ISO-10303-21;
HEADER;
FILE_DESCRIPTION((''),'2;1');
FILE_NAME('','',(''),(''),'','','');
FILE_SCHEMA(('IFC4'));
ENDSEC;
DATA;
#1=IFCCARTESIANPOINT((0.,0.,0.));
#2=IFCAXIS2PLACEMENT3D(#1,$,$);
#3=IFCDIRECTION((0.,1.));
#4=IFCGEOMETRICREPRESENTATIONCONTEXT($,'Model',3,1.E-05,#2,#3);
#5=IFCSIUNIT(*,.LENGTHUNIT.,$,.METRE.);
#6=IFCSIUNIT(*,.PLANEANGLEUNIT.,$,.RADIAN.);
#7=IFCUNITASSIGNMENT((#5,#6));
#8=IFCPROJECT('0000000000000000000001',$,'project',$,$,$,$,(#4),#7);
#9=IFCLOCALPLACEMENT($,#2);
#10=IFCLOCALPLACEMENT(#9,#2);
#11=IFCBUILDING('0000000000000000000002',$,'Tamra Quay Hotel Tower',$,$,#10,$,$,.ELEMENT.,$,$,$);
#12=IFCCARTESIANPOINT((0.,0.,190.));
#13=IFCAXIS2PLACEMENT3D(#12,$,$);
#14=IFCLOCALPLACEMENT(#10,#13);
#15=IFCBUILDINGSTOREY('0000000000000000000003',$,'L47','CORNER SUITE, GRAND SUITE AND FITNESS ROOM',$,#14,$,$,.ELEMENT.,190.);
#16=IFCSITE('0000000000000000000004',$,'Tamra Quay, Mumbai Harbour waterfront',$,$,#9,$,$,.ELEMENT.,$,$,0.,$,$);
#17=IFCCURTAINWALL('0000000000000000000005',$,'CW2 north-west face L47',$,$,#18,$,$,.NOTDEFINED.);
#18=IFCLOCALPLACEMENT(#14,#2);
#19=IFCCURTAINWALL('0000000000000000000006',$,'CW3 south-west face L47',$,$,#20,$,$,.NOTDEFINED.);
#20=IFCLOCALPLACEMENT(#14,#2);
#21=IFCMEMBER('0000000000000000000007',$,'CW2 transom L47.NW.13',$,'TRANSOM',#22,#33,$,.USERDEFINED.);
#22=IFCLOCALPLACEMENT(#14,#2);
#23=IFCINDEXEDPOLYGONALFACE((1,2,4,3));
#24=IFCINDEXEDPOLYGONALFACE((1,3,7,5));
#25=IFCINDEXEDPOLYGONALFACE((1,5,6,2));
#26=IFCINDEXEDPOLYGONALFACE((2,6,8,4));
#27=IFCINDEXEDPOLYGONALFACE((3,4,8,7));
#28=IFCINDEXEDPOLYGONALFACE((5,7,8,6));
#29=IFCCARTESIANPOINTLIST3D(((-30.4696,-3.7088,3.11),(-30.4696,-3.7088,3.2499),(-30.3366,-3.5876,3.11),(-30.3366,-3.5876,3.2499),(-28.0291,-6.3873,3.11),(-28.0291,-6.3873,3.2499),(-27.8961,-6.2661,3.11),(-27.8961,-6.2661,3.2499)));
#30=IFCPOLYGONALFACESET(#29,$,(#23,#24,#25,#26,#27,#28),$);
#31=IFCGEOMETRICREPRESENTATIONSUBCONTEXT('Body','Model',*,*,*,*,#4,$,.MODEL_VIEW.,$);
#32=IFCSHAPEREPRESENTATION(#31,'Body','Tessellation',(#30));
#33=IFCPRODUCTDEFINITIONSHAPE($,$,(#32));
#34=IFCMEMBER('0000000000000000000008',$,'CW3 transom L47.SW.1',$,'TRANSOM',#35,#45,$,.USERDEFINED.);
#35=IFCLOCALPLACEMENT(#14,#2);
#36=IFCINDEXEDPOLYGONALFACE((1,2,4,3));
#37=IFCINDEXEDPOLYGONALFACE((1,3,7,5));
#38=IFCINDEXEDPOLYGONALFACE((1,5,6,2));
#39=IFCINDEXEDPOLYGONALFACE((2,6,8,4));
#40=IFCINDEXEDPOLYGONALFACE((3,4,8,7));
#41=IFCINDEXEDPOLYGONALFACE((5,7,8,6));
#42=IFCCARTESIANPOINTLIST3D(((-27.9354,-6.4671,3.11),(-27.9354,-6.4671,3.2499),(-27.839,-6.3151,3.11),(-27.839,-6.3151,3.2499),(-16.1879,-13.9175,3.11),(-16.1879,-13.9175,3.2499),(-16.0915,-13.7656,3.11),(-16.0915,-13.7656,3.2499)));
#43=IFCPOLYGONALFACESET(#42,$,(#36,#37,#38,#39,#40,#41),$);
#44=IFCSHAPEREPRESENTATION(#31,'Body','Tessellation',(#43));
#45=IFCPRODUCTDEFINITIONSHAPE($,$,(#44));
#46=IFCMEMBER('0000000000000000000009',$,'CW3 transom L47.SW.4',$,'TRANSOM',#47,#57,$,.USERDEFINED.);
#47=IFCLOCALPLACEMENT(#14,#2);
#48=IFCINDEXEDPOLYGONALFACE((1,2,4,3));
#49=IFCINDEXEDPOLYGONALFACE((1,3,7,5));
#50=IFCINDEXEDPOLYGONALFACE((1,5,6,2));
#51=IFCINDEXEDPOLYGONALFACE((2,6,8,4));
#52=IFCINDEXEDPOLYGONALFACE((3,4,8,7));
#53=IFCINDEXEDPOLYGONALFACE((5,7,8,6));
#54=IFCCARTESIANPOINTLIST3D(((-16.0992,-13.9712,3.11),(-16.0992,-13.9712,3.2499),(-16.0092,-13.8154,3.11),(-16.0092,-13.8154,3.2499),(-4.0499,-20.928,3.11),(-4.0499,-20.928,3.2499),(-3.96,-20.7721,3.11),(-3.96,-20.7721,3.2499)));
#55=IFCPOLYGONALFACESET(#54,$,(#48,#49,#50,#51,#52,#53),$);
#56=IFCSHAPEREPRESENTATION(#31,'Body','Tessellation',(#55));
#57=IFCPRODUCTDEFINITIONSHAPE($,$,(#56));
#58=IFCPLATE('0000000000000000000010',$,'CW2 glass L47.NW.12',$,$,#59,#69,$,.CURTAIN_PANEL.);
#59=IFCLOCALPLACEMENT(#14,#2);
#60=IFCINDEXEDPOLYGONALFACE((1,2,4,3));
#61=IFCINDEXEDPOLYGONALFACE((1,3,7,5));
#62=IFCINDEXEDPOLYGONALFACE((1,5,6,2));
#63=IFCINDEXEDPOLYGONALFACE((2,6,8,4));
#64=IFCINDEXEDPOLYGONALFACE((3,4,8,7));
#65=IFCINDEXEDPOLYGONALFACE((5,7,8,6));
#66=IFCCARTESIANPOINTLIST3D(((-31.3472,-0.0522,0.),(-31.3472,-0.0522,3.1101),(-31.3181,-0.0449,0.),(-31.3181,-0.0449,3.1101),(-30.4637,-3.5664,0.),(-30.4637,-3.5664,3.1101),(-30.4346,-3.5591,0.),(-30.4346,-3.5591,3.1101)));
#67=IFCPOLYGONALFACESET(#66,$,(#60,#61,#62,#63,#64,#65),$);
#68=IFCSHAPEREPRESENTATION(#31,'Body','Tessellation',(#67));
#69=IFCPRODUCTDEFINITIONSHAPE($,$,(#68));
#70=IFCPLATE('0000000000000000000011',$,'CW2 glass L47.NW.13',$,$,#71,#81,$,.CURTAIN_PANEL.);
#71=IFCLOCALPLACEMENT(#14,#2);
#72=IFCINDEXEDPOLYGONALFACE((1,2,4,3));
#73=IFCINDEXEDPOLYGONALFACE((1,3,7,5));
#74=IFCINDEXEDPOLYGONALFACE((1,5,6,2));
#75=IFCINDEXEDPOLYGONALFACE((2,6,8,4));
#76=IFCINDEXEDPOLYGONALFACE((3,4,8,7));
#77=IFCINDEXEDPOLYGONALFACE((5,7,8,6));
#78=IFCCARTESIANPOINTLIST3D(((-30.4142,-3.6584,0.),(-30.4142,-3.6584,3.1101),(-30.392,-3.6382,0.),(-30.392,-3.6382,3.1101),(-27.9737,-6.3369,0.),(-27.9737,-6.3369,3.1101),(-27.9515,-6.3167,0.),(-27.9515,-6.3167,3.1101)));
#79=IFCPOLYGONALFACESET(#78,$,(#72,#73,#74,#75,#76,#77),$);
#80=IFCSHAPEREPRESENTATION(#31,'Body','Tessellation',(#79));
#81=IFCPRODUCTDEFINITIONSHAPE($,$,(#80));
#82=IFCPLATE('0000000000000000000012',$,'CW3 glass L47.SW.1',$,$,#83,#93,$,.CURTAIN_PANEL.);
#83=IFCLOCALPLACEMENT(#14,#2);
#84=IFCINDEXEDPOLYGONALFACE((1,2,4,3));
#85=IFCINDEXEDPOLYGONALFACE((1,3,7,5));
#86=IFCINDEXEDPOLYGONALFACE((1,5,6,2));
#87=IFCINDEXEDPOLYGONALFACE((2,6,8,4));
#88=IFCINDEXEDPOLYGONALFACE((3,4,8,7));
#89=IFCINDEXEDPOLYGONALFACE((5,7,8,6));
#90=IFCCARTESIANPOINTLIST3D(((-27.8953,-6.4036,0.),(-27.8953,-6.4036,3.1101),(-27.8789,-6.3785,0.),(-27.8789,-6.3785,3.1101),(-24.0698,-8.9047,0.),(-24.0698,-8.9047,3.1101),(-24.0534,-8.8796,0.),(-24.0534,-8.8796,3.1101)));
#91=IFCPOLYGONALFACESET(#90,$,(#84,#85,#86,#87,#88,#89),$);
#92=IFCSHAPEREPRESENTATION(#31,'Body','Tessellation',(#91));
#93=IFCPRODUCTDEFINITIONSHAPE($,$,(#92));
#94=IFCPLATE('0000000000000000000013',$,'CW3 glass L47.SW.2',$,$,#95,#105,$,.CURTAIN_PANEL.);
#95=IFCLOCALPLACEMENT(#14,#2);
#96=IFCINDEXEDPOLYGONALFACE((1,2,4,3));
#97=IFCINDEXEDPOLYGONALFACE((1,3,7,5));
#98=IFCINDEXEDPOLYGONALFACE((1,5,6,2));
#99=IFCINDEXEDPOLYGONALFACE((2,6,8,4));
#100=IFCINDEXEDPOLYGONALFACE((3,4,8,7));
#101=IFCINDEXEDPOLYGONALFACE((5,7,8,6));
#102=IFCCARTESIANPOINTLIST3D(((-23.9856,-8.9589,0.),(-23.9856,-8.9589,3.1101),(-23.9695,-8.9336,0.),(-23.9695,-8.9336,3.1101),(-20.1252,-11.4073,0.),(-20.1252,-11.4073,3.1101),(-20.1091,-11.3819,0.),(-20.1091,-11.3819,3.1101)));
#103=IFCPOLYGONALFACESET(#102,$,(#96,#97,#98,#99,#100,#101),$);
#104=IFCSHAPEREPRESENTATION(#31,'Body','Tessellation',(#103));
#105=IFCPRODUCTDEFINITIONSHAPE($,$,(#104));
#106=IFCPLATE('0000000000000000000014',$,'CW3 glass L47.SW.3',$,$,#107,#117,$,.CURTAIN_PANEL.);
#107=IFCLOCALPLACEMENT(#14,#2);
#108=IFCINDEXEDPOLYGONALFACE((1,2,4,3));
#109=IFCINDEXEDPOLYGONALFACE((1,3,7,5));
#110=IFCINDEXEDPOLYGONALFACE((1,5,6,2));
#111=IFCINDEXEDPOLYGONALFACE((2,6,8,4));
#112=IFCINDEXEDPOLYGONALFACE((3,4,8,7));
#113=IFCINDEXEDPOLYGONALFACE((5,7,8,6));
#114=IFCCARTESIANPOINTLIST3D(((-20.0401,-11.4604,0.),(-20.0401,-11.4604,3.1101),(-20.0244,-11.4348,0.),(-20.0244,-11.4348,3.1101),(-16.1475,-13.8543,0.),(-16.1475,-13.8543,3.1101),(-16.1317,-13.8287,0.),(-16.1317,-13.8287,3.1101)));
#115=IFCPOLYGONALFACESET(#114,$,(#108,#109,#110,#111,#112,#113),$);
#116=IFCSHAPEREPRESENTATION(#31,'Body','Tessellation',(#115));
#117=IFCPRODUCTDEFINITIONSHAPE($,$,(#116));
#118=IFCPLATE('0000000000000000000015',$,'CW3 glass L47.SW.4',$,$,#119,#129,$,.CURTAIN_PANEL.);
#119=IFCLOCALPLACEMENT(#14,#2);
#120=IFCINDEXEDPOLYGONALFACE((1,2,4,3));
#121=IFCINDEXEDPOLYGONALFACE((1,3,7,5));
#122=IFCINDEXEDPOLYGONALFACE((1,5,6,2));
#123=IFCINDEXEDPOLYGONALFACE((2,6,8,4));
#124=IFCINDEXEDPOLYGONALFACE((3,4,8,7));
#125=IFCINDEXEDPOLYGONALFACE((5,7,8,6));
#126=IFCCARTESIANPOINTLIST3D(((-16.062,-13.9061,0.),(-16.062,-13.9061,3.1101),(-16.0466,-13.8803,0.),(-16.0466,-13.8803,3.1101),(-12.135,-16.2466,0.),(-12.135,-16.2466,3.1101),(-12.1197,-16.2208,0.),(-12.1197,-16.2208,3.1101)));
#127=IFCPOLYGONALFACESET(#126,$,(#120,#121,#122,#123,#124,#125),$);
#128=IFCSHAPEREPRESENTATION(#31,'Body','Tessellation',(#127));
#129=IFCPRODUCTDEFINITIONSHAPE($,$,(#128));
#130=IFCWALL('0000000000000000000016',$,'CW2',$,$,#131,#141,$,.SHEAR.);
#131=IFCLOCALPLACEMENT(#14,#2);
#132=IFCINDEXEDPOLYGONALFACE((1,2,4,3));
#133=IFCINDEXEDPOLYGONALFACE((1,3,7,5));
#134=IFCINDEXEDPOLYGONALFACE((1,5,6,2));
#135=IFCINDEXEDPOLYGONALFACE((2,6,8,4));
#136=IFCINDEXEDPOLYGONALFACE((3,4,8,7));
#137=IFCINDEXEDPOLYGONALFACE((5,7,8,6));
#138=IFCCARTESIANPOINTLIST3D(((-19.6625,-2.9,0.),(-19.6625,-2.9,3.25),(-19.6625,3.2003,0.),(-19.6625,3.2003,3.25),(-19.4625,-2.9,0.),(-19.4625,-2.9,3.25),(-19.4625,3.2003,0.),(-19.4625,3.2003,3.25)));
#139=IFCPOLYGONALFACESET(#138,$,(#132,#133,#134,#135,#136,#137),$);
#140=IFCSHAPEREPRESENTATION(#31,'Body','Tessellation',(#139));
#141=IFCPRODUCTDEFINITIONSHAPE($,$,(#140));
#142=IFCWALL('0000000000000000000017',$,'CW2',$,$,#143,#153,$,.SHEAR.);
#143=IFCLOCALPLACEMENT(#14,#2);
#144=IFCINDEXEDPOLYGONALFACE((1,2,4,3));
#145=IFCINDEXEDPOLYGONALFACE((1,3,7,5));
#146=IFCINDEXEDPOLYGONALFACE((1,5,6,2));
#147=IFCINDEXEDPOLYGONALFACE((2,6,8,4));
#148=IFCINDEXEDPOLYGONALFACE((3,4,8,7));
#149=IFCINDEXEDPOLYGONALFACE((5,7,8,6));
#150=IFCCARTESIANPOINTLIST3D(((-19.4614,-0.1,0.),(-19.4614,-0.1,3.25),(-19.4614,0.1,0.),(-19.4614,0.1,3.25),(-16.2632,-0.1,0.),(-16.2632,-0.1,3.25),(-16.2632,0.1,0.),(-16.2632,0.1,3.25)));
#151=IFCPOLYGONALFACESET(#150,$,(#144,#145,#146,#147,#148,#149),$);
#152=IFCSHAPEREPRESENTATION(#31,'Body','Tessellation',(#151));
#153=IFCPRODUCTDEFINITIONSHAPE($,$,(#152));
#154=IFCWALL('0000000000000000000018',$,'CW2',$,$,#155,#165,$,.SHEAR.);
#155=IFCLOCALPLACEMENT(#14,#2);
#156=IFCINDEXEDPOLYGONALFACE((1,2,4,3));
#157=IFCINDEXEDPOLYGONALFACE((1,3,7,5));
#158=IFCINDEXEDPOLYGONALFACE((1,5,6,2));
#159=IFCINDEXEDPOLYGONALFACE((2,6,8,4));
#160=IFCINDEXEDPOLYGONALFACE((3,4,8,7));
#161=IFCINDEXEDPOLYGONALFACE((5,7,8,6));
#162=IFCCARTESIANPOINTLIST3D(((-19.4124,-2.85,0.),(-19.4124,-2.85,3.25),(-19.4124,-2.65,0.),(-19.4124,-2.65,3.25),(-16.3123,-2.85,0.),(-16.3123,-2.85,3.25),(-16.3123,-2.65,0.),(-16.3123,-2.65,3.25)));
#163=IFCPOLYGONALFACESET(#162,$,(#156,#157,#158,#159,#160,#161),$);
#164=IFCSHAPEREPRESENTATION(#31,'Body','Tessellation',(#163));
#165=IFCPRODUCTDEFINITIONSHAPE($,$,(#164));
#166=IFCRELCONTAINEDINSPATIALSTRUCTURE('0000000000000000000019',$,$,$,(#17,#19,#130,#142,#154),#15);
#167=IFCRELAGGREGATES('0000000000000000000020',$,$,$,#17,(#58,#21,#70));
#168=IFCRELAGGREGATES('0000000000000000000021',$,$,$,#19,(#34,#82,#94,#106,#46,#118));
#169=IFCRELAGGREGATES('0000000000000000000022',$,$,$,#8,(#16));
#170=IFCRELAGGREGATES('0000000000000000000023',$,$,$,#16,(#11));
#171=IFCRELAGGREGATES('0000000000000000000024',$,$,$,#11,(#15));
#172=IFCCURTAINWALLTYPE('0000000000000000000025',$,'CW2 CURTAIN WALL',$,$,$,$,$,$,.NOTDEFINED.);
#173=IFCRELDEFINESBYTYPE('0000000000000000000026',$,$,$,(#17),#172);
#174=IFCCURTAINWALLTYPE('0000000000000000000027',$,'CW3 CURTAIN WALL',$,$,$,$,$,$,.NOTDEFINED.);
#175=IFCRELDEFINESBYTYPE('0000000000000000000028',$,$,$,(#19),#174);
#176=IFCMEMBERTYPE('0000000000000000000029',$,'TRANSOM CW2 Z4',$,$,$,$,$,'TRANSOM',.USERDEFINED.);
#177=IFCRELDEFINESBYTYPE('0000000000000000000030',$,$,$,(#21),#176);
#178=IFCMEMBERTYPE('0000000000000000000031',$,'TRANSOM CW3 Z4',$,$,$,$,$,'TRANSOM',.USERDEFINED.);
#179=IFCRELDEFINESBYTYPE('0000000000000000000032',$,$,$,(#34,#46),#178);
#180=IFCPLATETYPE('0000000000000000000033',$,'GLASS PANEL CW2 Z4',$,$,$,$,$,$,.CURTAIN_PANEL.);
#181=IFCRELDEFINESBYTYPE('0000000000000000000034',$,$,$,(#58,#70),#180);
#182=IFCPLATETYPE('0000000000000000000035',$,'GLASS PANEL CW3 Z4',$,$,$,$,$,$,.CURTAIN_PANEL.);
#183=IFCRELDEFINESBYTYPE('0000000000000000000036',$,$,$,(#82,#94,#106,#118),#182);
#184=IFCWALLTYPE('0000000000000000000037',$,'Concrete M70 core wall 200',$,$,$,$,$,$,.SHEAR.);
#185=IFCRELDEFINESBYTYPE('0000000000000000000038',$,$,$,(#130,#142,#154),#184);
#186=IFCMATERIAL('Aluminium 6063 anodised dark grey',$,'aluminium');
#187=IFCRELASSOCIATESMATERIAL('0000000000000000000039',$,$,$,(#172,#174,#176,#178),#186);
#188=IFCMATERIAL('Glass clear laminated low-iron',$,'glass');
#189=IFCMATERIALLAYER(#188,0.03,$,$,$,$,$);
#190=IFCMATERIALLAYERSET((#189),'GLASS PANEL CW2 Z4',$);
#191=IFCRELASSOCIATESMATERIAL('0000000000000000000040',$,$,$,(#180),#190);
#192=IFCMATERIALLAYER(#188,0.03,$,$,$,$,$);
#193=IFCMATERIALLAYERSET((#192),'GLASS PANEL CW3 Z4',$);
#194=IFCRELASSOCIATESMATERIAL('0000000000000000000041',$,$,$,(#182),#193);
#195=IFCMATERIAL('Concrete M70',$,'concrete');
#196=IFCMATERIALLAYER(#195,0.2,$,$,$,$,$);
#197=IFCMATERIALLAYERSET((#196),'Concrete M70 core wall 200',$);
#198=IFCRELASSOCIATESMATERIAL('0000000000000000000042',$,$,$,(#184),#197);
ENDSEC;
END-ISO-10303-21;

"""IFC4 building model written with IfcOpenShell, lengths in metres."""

from ifc_helpers import new_model, si_unit, direction, frame, frame_2d, origin, origin_2d, place, context, subcontext, project, spatial, rectangle, extrude, material, layer, layer_set, material_profile, profile_set, type_object, element, aggregate, save


model = new_model("IFC4")

# Units and contexts
model_context = context("Model", 3, precision=1e-05, world=origin(), true_north=direction((0.0, 1.0)))
body_context = subcontext(model_context, "Body", "Model", "MODEL_VIEW")
ifc_project = project(units=[si_unit("LENGTHUNIT", "METRE"), si_unit("PLANEANGLEUNIT", "RADIAN")], contexts=[model_context])

# Site, building, storey
site_placement = place(None, origin())
site = spatial("IfcSite", under=ifc_project, at=site_placement, Name="Tamra Quay, Mumbai Harbour waterfront", CompositionType="ELEMENT", RefElevation=0.0)
building_placement = place(site_placement, origin())
building = spatial("IfcBuilding", under=site, at=building_placement, Name="Tamra Quay Hotel Tower", CompositionType="ELEMENT")
storey_placement = place(building_placement, frame((0.0, 0.0, 190.0)))
storey = spatial("IfcBuildingStorey", under=building, at=storey_placement, Name="L47", Description="CORNER SUITE, GRAND SUITE AND FITNESS ROOM", CompositionType="ELEMENT", Elevation=190.0)

# Shared definitions
ifc_material_1 = material(Name="Concrete M70", Category="concrete")

# Curtain wall
ifc_material_2 = material(Name="Aluminium 6063 anodised dark grey", Category="aluminium")
curtain_wall_type_1 = type_object("IfcCurtainWallType", Name="CW2 CURTAIN WALL", PredefinedType="NOTDEFINED", material=ifc_material_2)
curtain_wall_1_placement = place(storey_placement, origin())
curtain_wall_1 = element("IfcCurtainWall", 1, at=curtain_wall_1_placement, inside=storey, type_object=curtain_wall_type_1, Name="CW2 north-west face L47", PredefinedType="NOTDEFINED")

# Curtain wall
curtain_wall_type_2 = type_object("IfcCurtainWallType", Name="CW3 CURTAIN WALL", PredefinedType="NOTDEFINED", material=ifc_material_2)
curtain_wall_2_placement = place(storey_placement, origin())
curtain_wall_2 = element("IfcCurtainWall", 2, at=curtain_wall_2_placement, inside=storey, type_object=curtain_wall_type_2, Name="CW3 south-west face L47", PredefinedType="NOTDEFINED")

# Members
ifc_material_profile_1 = material_profile(ifc_material_2, rectangle(XDim=0.1799, YDim=0.1399, at=origin_2d()), Name="TRANSOM 180X140")
ifc_profile_set_1 = profile_set([ifc_material_profile_1], Name="Aluminium 6063 anodised dark grey")
member_type_1 = type_object("IfcMemberType", Name="TRANSOM CW2 Z4", ElementType="TRANSOM", PredefinedType="USERDEFINED", material=ifc_profile_set_1)
member_1_placement = place(storey_placement, frame((-30.4031, -3.6482, 3.1799), z_axis=(0.673497, -0.73919, 0.0), x_axis=(0.73919, 0.673497, 0.0)))
member_1 = element("IfcMember", 3, at=member_1_placement, type_object=member_type_1, Name="CW2 transom L47.NW.13", ObjectType="TRANSOM", PredefinedType="USERDEFINED", context=body_context, shape_type="SweptSolid", body=[
    extrude(rectangle(XDim=0.1799, YDim=0.1399, at=origin_2d()), origin(), (0.0, 0.0, 1.0), 3.6235),
])
ifc_material_profile_2 = material_profile(ifc_material_2, rectangle(XDim=0.1799, YDim=0.1399, at=origin_2d()), Name="TRANSOM 180X140")
ifc_profile_set_2 = profile_set([ifc_material_profile_2], Name="Aluminium 6063 anodised dark grey")
member_type_2 = type_object("IfcMemberType", Name="TRANSOM CW3 Z4", ElementType="TRANSOM", PredefinedType="USERDEFINED", material=ifc_profile_set_2)
member_2_placement = place(storey_placement, frame((-27.8872, -6.3911, 3.1799), z_axis=(0.844484, -0.535581, 0.0), x_axis=(0.535581, 0.844484, 0.0)))
member_2 = element("IfcMember", 4, at=member_2_placement, type_object=member_type_2, Name="CW3 transom L47.SW.1", ObjectType="TRANSOM", PredefinedType="USERDEFINED", context=body_context, shape_type="SweptSolid", body=[
    extrude(rectangle(XDim=0.1799, YDim=0.1399, at=origin_2d()), origin(), (0.0, 0.0, 1.0), 13.9109),
])
member_3_placement = place(storey_placement, frame((-16.0542, -13.8933, 3.1799), z_axis=(0.866022, -0.500006, 0.0), x_axis=(0.500006, 0.866022, 0.0)))
member_3 = element("IfcMember", 5, at=member_3_placement, type_object=member_type_2, Name="CW3 transom L47.SW.4", ObjectType="TRANSOM", PredefinedType="USERDEFINED", context=body_context, shape_type="SweptSolid", body=[
    extrude(rectangle(XDim=0.1799, YDim=0.1399, at=origin_2d()), origin(), (0.0, 0.0, 1.0), 13.9133),
])

# Plates
ifc_material_3 = material(Name="Glass clear laminated low-iron", Category="glass")
ifc_layer_1 = layer(ifc_material_3, 0.03)
ifc_layer_set_1 = layer_set([ifc_layer_1], Name="GLASS PANEL CW2 Z4")
plate_type_1 = type_object("IfcPlateType", Name="GLASS PANEL CW2 Z4", PredefinedType="CURTAIN_PANEL", material=ifc_layer_set_1)
plate_1_placement = place(storey_placement, frame((-30.8909, -1.8057, 0.0), z_axis=(0.0, 0.0, 1.0), x_axis=(0.243826, -0.969819, 0.0)))
plate_1 = element("IfcPlate", 6, at=plate_1_placement, type_object=plate_type_1, Name="CW2 glass L47.NW.12", PredefinedType="CURTAIN_PANEL", context=body_context, shape_type="SweptSolid", body=[
    extrude(rectangle(XDim=3.6235, YDim=0.03, at=origin_2d()), origin(), (0.0, 0.0, 1.0), 3.1101),
])
plate_2_placement = place(storey_placement, frame((-29.1829, -4.9875, 0.0), z_axis=(0.0, 0.0, 1.0), x_axis=(0.673496, -0.739191, 0.0)))
plate_2 = element("IfcPlate", 7, at=plate_2_placement, type_object=plate_type_1, Name="CW2 glass L47.NW.13", PredefinedType="CURTAIN_PANEL", context=body_context, shape_type="SweptSolid", body=[
    extrude(rectangle(XDim=3.6235, YDim=0.03, at=origin_2d()), origin(), (0.0, 0.0, 1.0), 3.1101),
])
aggregate(curtain_wall_1, [plate_1, member_1, plate_2])
ifc_layer_2 = layer(ifc_material_3, 0.03)
ifc_layer_set_2 = layer_set([ifc_layer_2], Name="GLASS PANEL CW3 Z4")
plate_type_2 = type_object("IfcPlateType", Name="GLASS PANEL CW3 Z4", PredefinedType="CURTAIN_PANEL", material=ifc_layer_set_2)
plate_3_placement = place(storey_placement, frame((-25.9744, -7.6416, 0.0), z_axis=(0.0, 0.0, 1.0), x_axis=(0.836986, -0.547224, 0.0)))
plate_3 = element("IfcPlate", 8, at=plate_3_placement, type_object=plate_type_2, Name="CW3 glass L47.SW.1", PredefinedType="CURTAIN_PANEL", context=body_context, shape_type="SweptSolid", body=[
    extrude(rectangle(XDim=4.5706, YDim=0.03, at=origin_2d()), origin(), (0.0, 0.0, 1.0), 3.1101),
])
plate_4_placement = place(storey_placement, frame((-22.0474, -10.1704, 0.0), z_axis=(0.0, 0.0, 1.0), x_axis=(0.844476, -0.535593, 0.0)))
plate_4 = element("IfcPlate", 9, at=plate_4_placement, type_object=plate_type_2, Name="CW3 glass L47.SW.2", PredefinedType="CURTAIN_PANEL", context=body_context, shape_type="SweptSolid", body=[
    extrude(rectangle(XDim=4.5713, YDim=0.03, at=origin_2d()), origin(), (0.0, 0.0, 1.0), 3.1101),
])
plate_5_placement = place(storey_placement, frame((-18.0859, -12.6445, 0.0), z_axis=(0.0, 0.0, 1.0), x_axis=(0.851815, -0.523843, 0.0)))
plate_5 = element("IfcPlate", 10, at=plate_5_placement, type_object=plate_type_2, Name="CW3 glass L47.SW.3", PredefinedType="CURTAIN_PANEL", context=body_context, shape_type="SweptSolid", body=[
    extrude(rectangle(XDim=4.5698, YDim=0.03, at=origin_2d()), origin(), (0.0, 0.0, 1.0), 3.1101),
])
plate_6_placement = place(storey_placement, frame((-14.0908, -15.0635, 0.0), z_axis=(0.0, 0.0, 1.0), x_axis=(0.858999, -0.511978, 0.0)))
plate_6 = element("IfcPlate", 11, at=plate_6_placement, type_object=plate_type_2, Name="CW3 glass L47.SW.4", PredefinedType="CURTAIN_PANEL", context=body_context, shape_type="SweptSolid", body=[
    extrude(rectangle(XDim=4.5715, YDim=0.03, at=origin_2d()), origin(), (0.0, 0.0, 1.0), 3.1101),
])
aggregate(curtain_wall_2, [member_2, plate_3, plate_4, plate_5, member_3, plate_6])

# Walls
ifc_layer_3 = layer(ifc_material_1, 0.2)
ifc_layer_set_3 = layer_set([ifc_layer_3], Name="Concrete M70 core wall 200")
wall_type_1 = type_object("IfcWallType", Name="Concrete M70 core wall 200", PredefinedType="SHEAR", material=ifc_layer_set_3)
wall_1_placement = place(storey_placement, frame((-19.5625, -2.9001, 0.0), z_axis=(0.0, 0.0, 1.0), x_axis=(0.0, 1.0, 0.0)))
element("IfcWall", 12, at=wall_1_placement, inside=storey, type_object=wall_type_1, Name="CW2", PredefinedType="SHEAR", context=body_context, shape_type="SweptSolid", body=[
    extrude(rectangle(XDim=6.1003, YDim=0.2, at=frame_2d((3.0503, 0.0))), origin(), (0.0, 0.0, 1.0), 3.25),
])
wall_2_placement = place(storey_placement, frame((-16.2632, 0.0, 0.0), z_axis=(0.0, 0.0, 1.0), x_axis=(-1.0, 0.0, 0.0)))
element("IfcWall", 13, at=wall_2_placement, inside=storey, type_object=wall_type_1, Name="CW2", PredefinedType="SHEAR", context=body_context, shape_type="SweptSolid", body=[
    extrude(rectangle(XDim=3.1982, YDim=0.2, at=frame_2d((1.5991, 0.0))), origin(), (0.0, 0.0, 1.0), 3.25),
])
wall_3_placement = place(storey_placement, frame((-19.4124, -2.75, 0.0), z_axis=(0.0, 0.0, 1.0), x_axis=(1.0, 0.0, 0.0)))
element("IfcWall", 14, at=wall_3_placement, inside=storey, type_object=wall_type_1, Name="CW2", PredefinedType="SHEAR", context=body_context, shape_type="SweptSolid", body=[
    extrude(rectangle(XDim=3.1001, YDim=0.2, at=frame_2d((1.55, 0.0))), origin(), (0.0, 0.0, 1.0), 3.25),
])

save(model, "model.ifc")
